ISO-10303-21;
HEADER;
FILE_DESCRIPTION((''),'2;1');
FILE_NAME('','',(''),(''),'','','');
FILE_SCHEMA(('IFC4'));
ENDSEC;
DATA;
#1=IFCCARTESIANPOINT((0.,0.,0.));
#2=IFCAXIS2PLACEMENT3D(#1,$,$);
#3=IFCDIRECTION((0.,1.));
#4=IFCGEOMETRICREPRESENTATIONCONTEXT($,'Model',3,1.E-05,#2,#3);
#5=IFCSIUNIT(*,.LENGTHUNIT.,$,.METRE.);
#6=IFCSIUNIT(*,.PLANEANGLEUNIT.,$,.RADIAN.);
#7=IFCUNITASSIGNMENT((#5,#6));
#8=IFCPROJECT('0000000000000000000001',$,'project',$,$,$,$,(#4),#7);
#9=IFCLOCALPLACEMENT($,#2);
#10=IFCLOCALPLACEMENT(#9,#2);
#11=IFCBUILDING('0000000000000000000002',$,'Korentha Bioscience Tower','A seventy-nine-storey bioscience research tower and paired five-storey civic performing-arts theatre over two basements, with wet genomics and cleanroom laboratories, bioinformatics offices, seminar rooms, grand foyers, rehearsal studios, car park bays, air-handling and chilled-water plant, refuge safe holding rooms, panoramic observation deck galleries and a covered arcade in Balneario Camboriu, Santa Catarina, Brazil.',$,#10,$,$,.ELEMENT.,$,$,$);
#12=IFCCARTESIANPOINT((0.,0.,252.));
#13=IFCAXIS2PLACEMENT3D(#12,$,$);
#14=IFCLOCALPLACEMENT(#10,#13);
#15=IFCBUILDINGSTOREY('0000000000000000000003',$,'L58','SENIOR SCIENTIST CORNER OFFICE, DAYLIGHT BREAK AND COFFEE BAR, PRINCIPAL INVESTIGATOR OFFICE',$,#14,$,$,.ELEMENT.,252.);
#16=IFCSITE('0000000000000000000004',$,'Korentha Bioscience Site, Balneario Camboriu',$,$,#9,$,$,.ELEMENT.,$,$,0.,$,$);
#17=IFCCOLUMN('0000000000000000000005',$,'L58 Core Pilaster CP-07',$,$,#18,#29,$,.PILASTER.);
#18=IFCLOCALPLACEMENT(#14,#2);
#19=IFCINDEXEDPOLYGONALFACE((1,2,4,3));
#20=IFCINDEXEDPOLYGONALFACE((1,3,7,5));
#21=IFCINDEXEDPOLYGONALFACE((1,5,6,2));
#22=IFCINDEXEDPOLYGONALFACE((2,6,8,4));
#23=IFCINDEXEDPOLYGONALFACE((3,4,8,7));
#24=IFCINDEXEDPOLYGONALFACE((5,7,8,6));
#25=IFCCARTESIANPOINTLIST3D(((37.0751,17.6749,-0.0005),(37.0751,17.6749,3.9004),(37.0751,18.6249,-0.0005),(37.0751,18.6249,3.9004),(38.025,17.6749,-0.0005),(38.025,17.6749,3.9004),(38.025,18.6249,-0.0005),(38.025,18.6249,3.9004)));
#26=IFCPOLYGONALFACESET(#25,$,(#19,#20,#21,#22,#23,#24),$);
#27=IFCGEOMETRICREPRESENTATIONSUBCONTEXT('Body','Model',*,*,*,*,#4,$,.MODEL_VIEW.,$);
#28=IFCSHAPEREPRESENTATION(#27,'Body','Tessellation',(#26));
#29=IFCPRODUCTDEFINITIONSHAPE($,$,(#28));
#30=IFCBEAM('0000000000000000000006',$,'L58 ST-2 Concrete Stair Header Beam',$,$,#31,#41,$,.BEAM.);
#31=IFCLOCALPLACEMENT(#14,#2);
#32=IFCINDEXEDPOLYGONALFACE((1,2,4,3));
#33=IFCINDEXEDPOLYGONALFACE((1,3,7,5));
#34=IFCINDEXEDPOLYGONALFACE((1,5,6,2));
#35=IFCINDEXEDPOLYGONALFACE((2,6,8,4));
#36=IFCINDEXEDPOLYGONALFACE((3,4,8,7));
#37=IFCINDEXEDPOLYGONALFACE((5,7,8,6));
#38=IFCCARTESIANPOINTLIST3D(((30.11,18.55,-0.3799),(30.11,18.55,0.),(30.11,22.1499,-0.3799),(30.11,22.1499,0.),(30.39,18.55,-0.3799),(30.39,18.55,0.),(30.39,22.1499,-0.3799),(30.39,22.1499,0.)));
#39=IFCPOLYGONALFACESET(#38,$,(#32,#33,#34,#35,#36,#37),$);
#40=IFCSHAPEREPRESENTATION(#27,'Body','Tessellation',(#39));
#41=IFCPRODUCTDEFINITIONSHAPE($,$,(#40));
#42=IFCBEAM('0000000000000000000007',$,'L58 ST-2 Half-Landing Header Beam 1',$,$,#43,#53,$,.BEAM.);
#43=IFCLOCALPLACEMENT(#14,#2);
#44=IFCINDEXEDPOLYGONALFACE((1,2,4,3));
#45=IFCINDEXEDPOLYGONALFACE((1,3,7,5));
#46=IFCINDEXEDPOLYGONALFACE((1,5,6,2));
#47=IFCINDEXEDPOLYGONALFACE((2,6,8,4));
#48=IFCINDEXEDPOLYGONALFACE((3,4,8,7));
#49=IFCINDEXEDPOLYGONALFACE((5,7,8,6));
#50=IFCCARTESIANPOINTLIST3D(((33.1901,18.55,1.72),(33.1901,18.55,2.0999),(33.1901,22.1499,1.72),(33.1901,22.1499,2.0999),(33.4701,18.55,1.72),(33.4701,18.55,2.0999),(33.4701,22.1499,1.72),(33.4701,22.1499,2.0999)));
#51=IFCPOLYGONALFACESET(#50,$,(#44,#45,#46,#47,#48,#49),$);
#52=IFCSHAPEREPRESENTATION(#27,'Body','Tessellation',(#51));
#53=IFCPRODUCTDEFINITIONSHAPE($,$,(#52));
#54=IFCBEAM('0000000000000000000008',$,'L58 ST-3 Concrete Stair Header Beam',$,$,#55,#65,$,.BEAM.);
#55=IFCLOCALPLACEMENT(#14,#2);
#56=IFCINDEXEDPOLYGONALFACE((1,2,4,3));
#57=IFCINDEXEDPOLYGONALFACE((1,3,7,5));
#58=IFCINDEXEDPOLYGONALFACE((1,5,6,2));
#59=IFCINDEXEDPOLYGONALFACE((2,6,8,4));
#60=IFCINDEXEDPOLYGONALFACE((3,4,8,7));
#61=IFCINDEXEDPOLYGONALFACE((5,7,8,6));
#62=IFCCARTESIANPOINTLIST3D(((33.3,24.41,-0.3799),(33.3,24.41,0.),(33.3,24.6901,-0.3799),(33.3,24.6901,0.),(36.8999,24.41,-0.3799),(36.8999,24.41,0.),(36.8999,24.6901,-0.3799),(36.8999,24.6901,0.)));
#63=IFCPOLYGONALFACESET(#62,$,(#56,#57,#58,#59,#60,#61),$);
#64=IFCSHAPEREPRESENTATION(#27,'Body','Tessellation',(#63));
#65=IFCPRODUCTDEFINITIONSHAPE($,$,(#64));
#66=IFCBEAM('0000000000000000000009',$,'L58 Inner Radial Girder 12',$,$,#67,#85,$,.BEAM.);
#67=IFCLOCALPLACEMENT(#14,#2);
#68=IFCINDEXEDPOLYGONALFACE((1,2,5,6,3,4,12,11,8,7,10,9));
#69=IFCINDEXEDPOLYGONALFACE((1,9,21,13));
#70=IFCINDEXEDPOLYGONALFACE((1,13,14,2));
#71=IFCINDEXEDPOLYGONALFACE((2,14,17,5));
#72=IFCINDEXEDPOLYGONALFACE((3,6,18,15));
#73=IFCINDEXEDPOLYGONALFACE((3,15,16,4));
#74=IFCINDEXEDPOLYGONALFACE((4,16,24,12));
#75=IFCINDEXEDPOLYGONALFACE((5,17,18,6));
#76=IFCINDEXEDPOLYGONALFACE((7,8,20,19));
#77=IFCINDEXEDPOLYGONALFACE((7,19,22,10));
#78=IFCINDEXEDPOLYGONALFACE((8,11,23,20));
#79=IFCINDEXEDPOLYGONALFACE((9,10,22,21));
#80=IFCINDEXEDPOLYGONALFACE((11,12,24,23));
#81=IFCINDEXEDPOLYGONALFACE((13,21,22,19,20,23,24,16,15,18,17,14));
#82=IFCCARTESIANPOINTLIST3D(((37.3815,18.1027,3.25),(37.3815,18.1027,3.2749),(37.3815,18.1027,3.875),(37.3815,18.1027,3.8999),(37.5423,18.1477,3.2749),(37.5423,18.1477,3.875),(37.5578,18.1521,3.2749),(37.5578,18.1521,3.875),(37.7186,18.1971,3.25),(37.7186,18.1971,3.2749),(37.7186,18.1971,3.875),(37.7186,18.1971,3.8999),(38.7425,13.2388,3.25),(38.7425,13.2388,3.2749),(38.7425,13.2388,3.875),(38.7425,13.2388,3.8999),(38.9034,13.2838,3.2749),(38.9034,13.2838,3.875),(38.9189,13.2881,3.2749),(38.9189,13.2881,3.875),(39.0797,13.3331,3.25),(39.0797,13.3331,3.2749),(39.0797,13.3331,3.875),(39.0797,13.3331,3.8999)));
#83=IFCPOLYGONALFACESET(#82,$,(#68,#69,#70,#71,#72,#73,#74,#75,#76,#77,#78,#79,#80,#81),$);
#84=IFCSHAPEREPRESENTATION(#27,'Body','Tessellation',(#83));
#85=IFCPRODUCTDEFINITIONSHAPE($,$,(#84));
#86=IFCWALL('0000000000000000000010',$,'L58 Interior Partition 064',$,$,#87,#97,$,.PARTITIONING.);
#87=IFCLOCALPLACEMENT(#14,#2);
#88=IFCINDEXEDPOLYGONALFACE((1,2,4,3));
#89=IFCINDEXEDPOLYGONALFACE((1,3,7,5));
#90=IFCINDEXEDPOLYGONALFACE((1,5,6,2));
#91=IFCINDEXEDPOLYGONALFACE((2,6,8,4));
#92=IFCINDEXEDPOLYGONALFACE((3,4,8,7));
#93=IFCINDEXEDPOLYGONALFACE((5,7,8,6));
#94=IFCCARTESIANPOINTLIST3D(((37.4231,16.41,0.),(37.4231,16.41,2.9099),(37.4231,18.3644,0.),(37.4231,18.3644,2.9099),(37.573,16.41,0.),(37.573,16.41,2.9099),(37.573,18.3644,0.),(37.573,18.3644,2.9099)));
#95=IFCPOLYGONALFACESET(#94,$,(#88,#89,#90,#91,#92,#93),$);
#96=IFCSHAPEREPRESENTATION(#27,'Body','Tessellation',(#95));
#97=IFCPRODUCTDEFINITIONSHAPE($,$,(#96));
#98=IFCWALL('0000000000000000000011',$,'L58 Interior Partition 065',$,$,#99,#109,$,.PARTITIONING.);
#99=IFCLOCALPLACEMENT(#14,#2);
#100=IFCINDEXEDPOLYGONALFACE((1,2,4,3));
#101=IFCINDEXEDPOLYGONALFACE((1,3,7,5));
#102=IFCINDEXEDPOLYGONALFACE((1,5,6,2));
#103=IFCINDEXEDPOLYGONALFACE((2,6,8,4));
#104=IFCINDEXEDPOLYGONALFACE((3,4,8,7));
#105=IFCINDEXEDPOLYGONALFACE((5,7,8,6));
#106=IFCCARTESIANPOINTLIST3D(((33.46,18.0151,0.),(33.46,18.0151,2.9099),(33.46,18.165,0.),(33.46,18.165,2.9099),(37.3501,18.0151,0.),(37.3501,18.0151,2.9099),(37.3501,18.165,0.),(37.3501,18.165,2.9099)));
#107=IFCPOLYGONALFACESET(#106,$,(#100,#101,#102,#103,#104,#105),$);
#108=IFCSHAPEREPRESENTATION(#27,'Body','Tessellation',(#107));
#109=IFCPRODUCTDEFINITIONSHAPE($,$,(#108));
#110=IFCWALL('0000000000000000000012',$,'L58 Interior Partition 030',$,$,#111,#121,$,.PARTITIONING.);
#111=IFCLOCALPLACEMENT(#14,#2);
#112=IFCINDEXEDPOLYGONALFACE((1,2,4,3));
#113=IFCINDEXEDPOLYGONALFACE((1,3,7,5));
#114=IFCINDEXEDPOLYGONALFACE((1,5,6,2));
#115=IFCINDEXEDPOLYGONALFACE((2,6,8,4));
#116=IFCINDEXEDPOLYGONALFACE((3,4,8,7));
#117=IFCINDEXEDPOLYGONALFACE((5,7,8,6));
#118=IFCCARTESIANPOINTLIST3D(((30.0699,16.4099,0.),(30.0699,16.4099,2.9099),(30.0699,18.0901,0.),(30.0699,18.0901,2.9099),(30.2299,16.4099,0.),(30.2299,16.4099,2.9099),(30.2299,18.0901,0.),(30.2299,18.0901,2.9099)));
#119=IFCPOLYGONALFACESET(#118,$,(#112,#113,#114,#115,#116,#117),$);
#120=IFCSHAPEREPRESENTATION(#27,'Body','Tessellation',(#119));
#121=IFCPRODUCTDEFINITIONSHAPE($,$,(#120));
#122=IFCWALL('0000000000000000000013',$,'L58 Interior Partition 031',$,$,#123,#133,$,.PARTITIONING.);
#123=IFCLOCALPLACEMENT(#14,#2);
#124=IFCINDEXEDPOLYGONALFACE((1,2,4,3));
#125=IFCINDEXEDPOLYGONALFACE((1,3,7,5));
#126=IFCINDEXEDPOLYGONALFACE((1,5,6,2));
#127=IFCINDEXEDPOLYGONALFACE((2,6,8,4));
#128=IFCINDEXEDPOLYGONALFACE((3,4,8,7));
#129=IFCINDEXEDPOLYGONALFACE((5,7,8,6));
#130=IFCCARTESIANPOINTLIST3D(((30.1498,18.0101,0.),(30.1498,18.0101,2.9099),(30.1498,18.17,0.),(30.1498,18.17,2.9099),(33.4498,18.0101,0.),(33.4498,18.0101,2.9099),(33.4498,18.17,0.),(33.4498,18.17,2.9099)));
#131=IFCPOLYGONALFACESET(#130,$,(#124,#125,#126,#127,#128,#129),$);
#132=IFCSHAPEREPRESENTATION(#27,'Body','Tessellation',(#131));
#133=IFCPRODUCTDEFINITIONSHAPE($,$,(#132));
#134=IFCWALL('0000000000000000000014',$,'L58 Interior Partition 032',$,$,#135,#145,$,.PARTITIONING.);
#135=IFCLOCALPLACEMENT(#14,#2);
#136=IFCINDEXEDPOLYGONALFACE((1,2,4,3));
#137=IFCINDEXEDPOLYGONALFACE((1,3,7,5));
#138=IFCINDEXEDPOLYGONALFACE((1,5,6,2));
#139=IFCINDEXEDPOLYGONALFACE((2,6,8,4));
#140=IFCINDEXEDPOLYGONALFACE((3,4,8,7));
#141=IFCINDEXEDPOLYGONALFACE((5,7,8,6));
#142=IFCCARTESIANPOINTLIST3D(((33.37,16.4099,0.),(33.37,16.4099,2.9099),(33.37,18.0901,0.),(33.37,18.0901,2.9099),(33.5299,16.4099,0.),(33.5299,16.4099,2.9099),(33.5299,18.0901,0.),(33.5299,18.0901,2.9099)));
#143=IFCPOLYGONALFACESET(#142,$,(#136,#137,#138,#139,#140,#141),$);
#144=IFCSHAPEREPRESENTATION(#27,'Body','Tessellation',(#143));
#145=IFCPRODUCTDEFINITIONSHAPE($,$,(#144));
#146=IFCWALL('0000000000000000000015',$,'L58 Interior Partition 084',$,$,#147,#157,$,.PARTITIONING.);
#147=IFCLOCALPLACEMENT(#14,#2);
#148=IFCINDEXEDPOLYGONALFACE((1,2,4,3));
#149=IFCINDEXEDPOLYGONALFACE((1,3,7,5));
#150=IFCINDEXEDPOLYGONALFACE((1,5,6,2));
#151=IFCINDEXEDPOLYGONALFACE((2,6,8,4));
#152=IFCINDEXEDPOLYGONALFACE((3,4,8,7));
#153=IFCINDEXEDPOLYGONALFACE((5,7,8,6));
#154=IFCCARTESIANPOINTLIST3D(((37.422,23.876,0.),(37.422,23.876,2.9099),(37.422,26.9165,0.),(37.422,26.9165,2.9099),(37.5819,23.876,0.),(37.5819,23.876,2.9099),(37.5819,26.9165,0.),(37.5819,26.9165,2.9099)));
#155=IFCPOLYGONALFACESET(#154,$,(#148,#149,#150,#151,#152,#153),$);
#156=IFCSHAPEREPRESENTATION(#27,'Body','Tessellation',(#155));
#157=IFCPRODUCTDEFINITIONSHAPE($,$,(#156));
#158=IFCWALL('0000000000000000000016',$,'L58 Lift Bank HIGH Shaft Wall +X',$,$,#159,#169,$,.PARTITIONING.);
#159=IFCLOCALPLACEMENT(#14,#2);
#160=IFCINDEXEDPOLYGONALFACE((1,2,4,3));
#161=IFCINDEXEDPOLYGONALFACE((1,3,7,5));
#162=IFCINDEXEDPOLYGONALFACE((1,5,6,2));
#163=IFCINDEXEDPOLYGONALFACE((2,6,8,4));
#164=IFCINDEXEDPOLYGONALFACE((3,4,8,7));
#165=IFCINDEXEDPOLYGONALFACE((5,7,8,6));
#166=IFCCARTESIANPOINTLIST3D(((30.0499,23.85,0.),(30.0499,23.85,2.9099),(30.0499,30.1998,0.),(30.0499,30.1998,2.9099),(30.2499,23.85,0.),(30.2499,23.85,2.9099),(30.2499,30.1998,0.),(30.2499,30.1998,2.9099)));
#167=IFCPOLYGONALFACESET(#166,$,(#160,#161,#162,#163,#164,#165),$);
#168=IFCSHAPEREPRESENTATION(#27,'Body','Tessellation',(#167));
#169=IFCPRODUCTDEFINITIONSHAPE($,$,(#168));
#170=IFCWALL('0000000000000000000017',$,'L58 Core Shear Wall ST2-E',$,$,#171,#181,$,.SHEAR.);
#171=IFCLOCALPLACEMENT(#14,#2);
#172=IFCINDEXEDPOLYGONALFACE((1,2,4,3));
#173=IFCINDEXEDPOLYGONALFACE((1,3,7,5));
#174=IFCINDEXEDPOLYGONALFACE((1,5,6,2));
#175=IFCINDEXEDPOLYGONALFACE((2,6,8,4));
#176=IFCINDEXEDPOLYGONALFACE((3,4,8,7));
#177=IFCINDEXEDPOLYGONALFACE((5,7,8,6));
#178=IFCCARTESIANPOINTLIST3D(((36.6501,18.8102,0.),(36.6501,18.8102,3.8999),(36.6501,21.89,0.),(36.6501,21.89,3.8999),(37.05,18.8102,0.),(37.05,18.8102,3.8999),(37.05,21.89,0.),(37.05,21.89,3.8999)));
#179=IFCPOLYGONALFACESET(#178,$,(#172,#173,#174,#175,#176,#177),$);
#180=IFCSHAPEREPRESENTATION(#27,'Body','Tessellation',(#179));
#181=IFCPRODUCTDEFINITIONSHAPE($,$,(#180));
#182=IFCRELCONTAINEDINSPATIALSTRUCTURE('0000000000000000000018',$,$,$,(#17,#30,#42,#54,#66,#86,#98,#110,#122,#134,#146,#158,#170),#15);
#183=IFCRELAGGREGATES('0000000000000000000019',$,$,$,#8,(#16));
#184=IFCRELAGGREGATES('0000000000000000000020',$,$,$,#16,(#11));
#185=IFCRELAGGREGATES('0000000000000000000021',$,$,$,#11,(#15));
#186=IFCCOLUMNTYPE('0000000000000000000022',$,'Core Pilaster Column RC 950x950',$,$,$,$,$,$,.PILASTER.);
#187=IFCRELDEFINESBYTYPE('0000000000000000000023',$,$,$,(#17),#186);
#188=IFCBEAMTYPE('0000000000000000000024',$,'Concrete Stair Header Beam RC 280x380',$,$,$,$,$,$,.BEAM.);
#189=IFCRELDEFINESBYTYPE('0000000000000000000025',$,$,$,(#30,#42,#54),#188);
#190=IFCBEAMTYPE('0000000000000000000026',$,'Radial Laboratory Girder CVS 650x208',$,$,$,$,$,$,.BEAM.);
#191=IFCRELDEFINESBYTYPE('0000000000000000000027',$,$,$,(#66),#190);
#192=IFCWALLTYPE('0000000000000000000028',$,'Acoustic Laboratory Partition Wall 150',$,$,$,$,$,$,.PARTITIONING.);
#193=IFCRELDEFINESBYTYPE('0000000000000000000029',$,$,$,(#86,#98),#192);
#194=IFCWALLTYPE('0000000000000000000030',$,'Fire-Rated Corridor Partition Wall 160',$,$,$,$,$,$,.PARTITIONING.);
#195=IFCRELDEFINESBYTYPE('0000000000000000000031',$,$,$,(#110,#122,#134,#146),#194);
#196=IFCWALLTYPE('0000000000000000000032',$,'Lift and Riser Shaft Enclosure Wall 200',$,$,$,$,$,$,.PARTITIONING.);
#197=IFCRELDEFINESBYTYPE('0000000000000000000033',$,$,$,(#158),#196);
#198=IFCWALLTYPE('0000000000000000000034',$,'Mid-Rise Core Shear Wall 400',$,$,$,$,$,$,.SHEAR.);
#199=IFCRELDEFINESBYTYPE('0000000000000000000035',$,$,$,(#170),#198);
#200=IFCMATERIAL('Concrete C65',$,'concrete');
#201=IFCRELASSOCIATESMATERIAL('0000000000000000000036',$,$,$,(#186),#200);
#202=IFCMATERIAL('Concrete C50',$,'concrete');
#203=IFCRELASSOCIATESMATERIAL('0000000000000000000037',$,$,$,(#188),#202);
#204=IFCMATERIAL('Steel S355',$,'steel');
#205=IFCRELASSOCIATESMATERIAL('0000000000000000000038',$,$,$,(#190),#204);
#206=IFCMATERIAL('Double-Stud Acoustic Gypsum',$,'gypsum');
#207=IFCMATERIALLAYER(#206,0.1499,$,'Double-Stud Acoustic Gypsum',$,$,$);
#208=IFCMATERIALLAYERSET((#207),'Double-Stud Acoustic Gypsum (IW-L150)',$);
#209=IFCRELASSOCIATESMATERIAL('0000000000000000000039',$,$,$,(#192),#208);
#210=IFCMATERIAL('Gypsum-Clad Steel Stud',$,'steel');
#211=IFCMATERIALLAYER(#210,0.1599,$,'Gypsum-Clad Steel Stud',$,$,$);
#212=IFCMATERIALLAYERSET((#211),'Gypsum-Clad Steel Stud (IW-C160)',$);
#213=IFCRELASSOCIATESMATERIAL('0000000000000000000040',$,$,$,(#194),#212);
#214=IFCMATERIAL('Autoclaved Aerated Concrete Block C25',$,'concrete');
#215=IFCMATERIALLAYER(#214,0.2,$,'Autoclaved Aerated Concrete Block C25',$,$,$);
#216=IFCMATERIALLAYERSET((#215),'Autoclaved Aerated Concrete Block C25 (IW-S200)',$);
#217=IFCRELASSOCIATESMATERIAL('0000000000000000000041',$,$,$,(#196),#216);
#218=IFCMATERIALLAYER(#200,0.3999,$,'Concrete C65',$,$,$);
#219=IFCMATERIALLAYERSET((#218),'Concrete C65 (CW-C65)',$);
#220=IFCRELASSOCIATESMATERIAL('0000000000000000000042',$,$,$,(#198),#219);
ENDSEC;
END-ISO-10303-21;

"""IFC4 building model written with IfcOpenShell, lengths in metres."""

from ifc_helpers import new_model, si_unit, direction, frame, frame_2d, origin, origin_2d, place, context, subcontext, project, spatial, rectangle, i_section, extrude, material, layer, layer_set, material_profile, profile_set, type_object, element, save


model = new_model("IFC4")

# Units and contexts
model_context = context("Model", 3, precision=1e-05, world=origin(), true_north=direction((0.0, 1.0)))
body_context = subcontext(model_context, "Body", "Model", "MODEL_VIEW")
ifc_project = project(units=[si_unit("LENGTHUNIT", "METRE"), si_unit("PLANEANGLEUNIT", "RADIAN")], contexts=[model_context])

# Site, building, storey
site_placement = place(None, origin())
site = spatial("IfcSite", under=ifc_project, at=site_placement, Name="Korentha Bioscience Site, Balneario Camboriu", CompositionType="ELEMENT", RefElevation=0.0)
building_placement = place(site_placement, origin())
building = spatial("IfcBuilding", under=site, at=building_placement, Name="Korentha Bioscience Tower", Description="A seventy-nine-storey bioscience research tower and paired five-storey civic performing-arts theatre over two basements, with wet genomics and cleanroom laboratories, bioinformatics offices, seminar rooms, grand foyers, rehearsal studios, car park bays, air-handling and chilled-water plant, refuge safe holding rooms, panoramic observation deck galleries and a covered arcade in Balneario Camboriu, Santa Catarina, Brazil.", CompositionType="ELEMENT")
storey_placement = place(building_placement, frame((0.0, 0.0, 252.0)))
storey = spatial("IfcBuildingStorey", under=building, at=storey_placement, Name="L58", Description="SENIOR SCIENTIST CORNER OFFICE, DAYLIGHT BREAK AND COFFEE BAR, PRINCIPAL INVESTIGATOR OFFICE", CompositionType="ELEMENT", Elevation=252.0)

# Column
ifc_material_1 = material(Name="Concrete C65", Category="concrete")
ifc_material_profile_1 = material_profile(ifc_material_1, rectangle(XDim=0.95, YDim=0.95, at=origin_2d()), Name="Concrete C65")
ifc_profile_set_1 = profile_set([ifc_material_profile_1], Name="Concrete C65 (COL-CP09)")
column_type = type_object("IfcColumnType", Name="Core Pilaster Column RC 950x950", PredefinedType="PILASTER", material=ifc_profile_set_1)
column_placement = place(storey_placement, frame((37.55, 18.1499, -0.0005), z_axis=(0.0, 0.0, 1.0), x_axis=(1.0, 0.0, 0.0)))
element("IfcColumn", 1, at=column_placement, inside=storey, type_object=column_type, Name="L58 Core Pilaster CP-07", PredefinedType="PILASTER", context=body_context, shape_type="SweptSolid", body=[
    extrude(rectangle(XDim=0.95, YDim=0.95, at=origin_2d()), origin(), (0.0, 0.0, 1.0), 3.9009),
])

# Beams
ifc_material_2 = material(Name="Concrete C50", Category="concrete")
ifc_material_profile_2 = material_profile(ifc_material_2, rectangle(XDim=0.28, YDim=0.3799, at=origin_2d()), Name="Concrete C50")
ifc_profile_set_2 = profile_set([ifc_material_profile_2], Name="Concrete C50 (ST-HB380)")
beam_type_1 = type_object("IfcBeamType", Name="Concrete Stair Header Beam RC 280x380", PredefinedType="BEAM", material=ifc_profile_set_2)
for number, where, z_axis, x_axis, name in (
    (2, (30.25, 18.55, -0.1899), (0.0, 1.0, 0.0), (-1.0, 0.0, 0.0), "L58 ST-2 Concrete Stair Header Beam"),
    (3, (33.3301, 18.55, 1.9099), (0.0, 1.0, 0.0), (-1.0, 0.0, 0.0), "L58 ST-2 Half-Landing Header Beam 1"),
    (4, (36.8999, 24.55, -0.1899), (-1.0, 0.0, 0.0), (0.0, -1.0, 0.0), "L58 ST-3 Concrete Stair Header Beam"),
):
    element("IfcBeam", number, at=place(storey_placement, frame(where, z_axis=z_axis, x_axis=x_axis)), inside=storey, type_object=beam_type_1, Name=name, PredefinedType="BEAM", context=body_context, shape_type="SweptSolid", body=[
        extrude(rectangle(XDim=0.28, YDim=0.3799, at=origin_2d()), origin(), (0.0, 0.0, 1.0), 3.5999),
    ])
ifc_material_3 = material(Name="Steel S355", Category="steel")
ifc_material_profile_3 = material_profile(ifc_material_3, i_section(OverallWidth=0.3501, OverallDepth=0.6499, WebThickness=0.0161, FlangeThickness=0.0249, at=origin_2d()), Name="Steel S355")
ifc_profile_set_3 = profile_set([ifc_material_profile_3], Name="Steel S355 (RB-650)")
beam_type_2 = type_object("IfcBeamType", Name="Radial Laboratory Girder CVS 650x208", PredefinedType="BEAM", material=ifc_profile_set_3)
beam_placement = place(storey_placement, frame((37.55, 18.1499, 3.575), z_axis=(0.269476, -0.963007, 0.0), x_axis=(0.963007, 0.269476, 0.0)))
element("IfcBeam", 5, at=beam_placement, inside=storey, type_object=beam_type_2, Name="L58 Inner Radial Girder 12", PredefinedType="BEAM", context=body_context, shape_type="SweptSolid", body=[
    extrude(i_section(OverallWidth=0.3501, OverallDepth=0.6499, WebThickness=0.0161, FlangeThickness=0.0249, at=origin_2d()), origin(), (0.0, 0.0, 1.0), 5.0508),
])

# Shared definitions
ifc_material_4 = material(Name="Double-Stud Acoustic Gypsum", Category="gypsum")
ifc_layer_1 = layer(ifc_material_4, 0.1499, Name="Double-Stud Acoustic Gypsum")
ifc_layer_set_1 = layer_set([ifc_layer_1], Name="Double-Stud Acoustic Gypsum (IW-L150)")
wall_type_1 = type_object("IfcWallType", Name="Acoustic Laboratory Partition Wall 150", PredefinedType="PARTITIONING", material=ifc_layer_set_1)

# Walls
wall_1_placement = place(storey_placement, frame((37.498, 18.3643, 0.0), z_axis=(0.0, 0.0, 1.0), x_axis=(0.0, -1.0, 0.0)))
element("IfcWall", 6, at=wall_1_placement, inside=storey, type_object=wall_type_1, Name="L58 Interior Partition 064", PredefinedType="PARTITIONING", context=body_context, shape_type="SweptSolid", body=[
    extrude(rectangle(XDim=1.9543, YDim=0.1499, at=frame_2d((0.9771, 0.0))), origin(), (0.0, 0.0, 1.0), 2.9099),
])
wall_2_placement = place(storey_placement, frame((33.46, 18.0901, 0.0), z_axis=(0.0, 0.0, 1.0), x_axis=(1.0, 0.0, 0.0)))
element("IfcWall", 7, at=wall_2_placement, inside=storey, type_object=wall_type_1, Name="L58 Interior Partition 065", PredefinedType="PARTITIONING", context=body_context, shape_type="SweptSolid", body=[
    extrude(rectangle(XDim=3.8901, YDim=0.1499, at=frame_2d((1.9451, 0.0))), origin(), (0.0, 0.0, 1.0), 2.9099),
])

# Shared definitions
ifc_material_5 = material(Name="Gypsum-Clad Steel Stud", Category="steel")
ifc_layer_2 = layer(ifc_material_5, 0.1599, Name="Gypsum-Clad Steel Stud")
ifc_layer_set_2 = layer_set([ifc_layer_2], Name="Gypsum-Clad Steel Stud (IW-C160)")
wall_type_2 = type_object("IfcWallType", Name="Fire-Rated Corridor Partition Wall 160", PredefinedType="PARTITIONING", material=ifc_layer_set_2)

# Walls
wall_3_placement = place(storey_placement, frame((30.1499, 16.4099, 0.0), z_axis=(0.0, 0.0, 1.0), x_axis=(0.0, 1.0, 0.0)))
element("IfcWall", 8, at=wall_3_placement, inside=storey, type_object=wall_type_2, Name="L58 Interior Partition 030", PredefinedType="PARTITIONING", context=body_context, shape_type="SweptSolid", body=[
    extrude(rectangle(XDim=1.6802, YDim=0.1599, at=frame_2d((0.8401, 0.0))), origin(), (0.0, 0.0, 1.0), 2.9099),
])
wall_4_placement = place(storey_placement, frame((30.1499, 18.0901, 0.0), z_axis=(0.0, 0.0, 1.0), x_axis=(1.0, 0.0, 0.0)))
element("IfcWall", 9, at=wall_4_placement, inside=storey, type_object=wall_type_2, Name="L58 Interior Partition 031", PredefinedType="PARTITIONING", context=body_context, shape_type="SweptSolid", body=[
    extrude(rectangle(XDim=3.3, YDim=0.1599, at=frame_2d((1.6499, 0.0))), origin(), (0.0, 0.0, 1.0), 2.9099),
])
wall_5_placement = place(storey_placement, frame((33.45, 18.0901, 0.0), z_axis=(0.0, 0.0, 1.0), x_axis=(0.0, -1.0, 0.0)))
element("IfcWall", 10, at=wall_5_placement, inside=storey, type_object=wall_type_2, Name="L58 Interior Partition 032", PredefinedType="PARTITIONING", context=body_context, shape_type="SweptSolid", body=[
    extrude(rectangle(XDim=1.6802, YDim=0.1599, at=frame_2d((0.8401, 0.0))), origin(), (0.0, 0.0, 1.0), 2.9099),
])
wall_6_placement = place(storey_placement, frame((37.502, 23.876, 0.0), z_axis=(0.0, 0.0, 1.0), x_axis=(0.0, 1.0, 0.0)))
element("IfcWall", 11, at=wall_6_placement, inside=storey, type_object=wall_type_2, Name="L58 Interior Partition 084", PredefinedType="PARTITIONING", context=body_context, shape_type="SweptSolid", body=[
    extrude(rectangle(XDim=3.0405, YDim=0.1599, at=frame_2d((1.5203, 0.0))), origin(), (0.0, 0.0, 1.0), 2.9099),
])
ifc_material_6 = material(Name="Autoclaved Aerated Concrete Block C25", Category="concrete")
ifc_layer_3 = layer(ifc_material_6, 0.2, Name="Autoclaved Aerated Concrete Block C25")
ifc_layer_set_3 = layer_set([ifc_layer_3], Name="Autoclaved Aerated Concrete Block C25 (IW-S200)")
wall_type_3 = type_object("IfcWallType", Name="Lift and Riser Shaft Enclosure Wall 200", PredefinedType="PARTITIONING", material=ifc_layer_set_3)
wall_7_placement = place(storey_placement, frame((30.1499, 23.8501, 0.0), z_axis=(0.0, 0.0, 1.0), x_axis=(0.0, 1.0, 0.0)))
element("IfcWall", 12, at=wall_7_placement, inside=storey, type_object=wall_type_3, Name="L58 Lift Bank HIGH Shaft Wall +X", PredefinedType="PARTITIONING", context=body_context, shape_type="SweptSolid", body=[
    extrude(rectangle(XDim=6.3499, YDim=0.2, at=frame_2d((3.1748, 0.0))), origin(), (0.0, 0.0, 1.0), 2.9099),
])
ifc_layer_4 = layer(ifc_material_1, 0.3999, Name="Concrete C65")
ifc_layer_set_4 = layer_set([ifc_layer_4], Name="Concrete C65 (CW-C65)")
wall_type_4 = type_object("IfcWallType", Name="Mid-Rise Core Shear Wall 400", PredefinedType="SHEAR", material=ifc_layer_set_4)
wall_8_placement = place(storey_placement, frame((36.8501, 18.8101, 0.0), z_axis=(0.0, 0.0, 1.0), x_axis=(0.0, 1.0, 0.0)))
element("IfcWall", 13, at=wall_8_placement, inside=storey, type_object=wall_type_4, Name="L58 Core Shear Wall ST2-E", PredefinedType="SHEAR", context=body_context, shape_type="SweptSolid", body=[
    extrude(rectangle(XDim=3.0798, YDim=0.3999, at=frame_2d((1.54, 0.0))), origin(), (0.0, 0.0, 1.0), 3.8999),
])

save(model, "model.ifc")
